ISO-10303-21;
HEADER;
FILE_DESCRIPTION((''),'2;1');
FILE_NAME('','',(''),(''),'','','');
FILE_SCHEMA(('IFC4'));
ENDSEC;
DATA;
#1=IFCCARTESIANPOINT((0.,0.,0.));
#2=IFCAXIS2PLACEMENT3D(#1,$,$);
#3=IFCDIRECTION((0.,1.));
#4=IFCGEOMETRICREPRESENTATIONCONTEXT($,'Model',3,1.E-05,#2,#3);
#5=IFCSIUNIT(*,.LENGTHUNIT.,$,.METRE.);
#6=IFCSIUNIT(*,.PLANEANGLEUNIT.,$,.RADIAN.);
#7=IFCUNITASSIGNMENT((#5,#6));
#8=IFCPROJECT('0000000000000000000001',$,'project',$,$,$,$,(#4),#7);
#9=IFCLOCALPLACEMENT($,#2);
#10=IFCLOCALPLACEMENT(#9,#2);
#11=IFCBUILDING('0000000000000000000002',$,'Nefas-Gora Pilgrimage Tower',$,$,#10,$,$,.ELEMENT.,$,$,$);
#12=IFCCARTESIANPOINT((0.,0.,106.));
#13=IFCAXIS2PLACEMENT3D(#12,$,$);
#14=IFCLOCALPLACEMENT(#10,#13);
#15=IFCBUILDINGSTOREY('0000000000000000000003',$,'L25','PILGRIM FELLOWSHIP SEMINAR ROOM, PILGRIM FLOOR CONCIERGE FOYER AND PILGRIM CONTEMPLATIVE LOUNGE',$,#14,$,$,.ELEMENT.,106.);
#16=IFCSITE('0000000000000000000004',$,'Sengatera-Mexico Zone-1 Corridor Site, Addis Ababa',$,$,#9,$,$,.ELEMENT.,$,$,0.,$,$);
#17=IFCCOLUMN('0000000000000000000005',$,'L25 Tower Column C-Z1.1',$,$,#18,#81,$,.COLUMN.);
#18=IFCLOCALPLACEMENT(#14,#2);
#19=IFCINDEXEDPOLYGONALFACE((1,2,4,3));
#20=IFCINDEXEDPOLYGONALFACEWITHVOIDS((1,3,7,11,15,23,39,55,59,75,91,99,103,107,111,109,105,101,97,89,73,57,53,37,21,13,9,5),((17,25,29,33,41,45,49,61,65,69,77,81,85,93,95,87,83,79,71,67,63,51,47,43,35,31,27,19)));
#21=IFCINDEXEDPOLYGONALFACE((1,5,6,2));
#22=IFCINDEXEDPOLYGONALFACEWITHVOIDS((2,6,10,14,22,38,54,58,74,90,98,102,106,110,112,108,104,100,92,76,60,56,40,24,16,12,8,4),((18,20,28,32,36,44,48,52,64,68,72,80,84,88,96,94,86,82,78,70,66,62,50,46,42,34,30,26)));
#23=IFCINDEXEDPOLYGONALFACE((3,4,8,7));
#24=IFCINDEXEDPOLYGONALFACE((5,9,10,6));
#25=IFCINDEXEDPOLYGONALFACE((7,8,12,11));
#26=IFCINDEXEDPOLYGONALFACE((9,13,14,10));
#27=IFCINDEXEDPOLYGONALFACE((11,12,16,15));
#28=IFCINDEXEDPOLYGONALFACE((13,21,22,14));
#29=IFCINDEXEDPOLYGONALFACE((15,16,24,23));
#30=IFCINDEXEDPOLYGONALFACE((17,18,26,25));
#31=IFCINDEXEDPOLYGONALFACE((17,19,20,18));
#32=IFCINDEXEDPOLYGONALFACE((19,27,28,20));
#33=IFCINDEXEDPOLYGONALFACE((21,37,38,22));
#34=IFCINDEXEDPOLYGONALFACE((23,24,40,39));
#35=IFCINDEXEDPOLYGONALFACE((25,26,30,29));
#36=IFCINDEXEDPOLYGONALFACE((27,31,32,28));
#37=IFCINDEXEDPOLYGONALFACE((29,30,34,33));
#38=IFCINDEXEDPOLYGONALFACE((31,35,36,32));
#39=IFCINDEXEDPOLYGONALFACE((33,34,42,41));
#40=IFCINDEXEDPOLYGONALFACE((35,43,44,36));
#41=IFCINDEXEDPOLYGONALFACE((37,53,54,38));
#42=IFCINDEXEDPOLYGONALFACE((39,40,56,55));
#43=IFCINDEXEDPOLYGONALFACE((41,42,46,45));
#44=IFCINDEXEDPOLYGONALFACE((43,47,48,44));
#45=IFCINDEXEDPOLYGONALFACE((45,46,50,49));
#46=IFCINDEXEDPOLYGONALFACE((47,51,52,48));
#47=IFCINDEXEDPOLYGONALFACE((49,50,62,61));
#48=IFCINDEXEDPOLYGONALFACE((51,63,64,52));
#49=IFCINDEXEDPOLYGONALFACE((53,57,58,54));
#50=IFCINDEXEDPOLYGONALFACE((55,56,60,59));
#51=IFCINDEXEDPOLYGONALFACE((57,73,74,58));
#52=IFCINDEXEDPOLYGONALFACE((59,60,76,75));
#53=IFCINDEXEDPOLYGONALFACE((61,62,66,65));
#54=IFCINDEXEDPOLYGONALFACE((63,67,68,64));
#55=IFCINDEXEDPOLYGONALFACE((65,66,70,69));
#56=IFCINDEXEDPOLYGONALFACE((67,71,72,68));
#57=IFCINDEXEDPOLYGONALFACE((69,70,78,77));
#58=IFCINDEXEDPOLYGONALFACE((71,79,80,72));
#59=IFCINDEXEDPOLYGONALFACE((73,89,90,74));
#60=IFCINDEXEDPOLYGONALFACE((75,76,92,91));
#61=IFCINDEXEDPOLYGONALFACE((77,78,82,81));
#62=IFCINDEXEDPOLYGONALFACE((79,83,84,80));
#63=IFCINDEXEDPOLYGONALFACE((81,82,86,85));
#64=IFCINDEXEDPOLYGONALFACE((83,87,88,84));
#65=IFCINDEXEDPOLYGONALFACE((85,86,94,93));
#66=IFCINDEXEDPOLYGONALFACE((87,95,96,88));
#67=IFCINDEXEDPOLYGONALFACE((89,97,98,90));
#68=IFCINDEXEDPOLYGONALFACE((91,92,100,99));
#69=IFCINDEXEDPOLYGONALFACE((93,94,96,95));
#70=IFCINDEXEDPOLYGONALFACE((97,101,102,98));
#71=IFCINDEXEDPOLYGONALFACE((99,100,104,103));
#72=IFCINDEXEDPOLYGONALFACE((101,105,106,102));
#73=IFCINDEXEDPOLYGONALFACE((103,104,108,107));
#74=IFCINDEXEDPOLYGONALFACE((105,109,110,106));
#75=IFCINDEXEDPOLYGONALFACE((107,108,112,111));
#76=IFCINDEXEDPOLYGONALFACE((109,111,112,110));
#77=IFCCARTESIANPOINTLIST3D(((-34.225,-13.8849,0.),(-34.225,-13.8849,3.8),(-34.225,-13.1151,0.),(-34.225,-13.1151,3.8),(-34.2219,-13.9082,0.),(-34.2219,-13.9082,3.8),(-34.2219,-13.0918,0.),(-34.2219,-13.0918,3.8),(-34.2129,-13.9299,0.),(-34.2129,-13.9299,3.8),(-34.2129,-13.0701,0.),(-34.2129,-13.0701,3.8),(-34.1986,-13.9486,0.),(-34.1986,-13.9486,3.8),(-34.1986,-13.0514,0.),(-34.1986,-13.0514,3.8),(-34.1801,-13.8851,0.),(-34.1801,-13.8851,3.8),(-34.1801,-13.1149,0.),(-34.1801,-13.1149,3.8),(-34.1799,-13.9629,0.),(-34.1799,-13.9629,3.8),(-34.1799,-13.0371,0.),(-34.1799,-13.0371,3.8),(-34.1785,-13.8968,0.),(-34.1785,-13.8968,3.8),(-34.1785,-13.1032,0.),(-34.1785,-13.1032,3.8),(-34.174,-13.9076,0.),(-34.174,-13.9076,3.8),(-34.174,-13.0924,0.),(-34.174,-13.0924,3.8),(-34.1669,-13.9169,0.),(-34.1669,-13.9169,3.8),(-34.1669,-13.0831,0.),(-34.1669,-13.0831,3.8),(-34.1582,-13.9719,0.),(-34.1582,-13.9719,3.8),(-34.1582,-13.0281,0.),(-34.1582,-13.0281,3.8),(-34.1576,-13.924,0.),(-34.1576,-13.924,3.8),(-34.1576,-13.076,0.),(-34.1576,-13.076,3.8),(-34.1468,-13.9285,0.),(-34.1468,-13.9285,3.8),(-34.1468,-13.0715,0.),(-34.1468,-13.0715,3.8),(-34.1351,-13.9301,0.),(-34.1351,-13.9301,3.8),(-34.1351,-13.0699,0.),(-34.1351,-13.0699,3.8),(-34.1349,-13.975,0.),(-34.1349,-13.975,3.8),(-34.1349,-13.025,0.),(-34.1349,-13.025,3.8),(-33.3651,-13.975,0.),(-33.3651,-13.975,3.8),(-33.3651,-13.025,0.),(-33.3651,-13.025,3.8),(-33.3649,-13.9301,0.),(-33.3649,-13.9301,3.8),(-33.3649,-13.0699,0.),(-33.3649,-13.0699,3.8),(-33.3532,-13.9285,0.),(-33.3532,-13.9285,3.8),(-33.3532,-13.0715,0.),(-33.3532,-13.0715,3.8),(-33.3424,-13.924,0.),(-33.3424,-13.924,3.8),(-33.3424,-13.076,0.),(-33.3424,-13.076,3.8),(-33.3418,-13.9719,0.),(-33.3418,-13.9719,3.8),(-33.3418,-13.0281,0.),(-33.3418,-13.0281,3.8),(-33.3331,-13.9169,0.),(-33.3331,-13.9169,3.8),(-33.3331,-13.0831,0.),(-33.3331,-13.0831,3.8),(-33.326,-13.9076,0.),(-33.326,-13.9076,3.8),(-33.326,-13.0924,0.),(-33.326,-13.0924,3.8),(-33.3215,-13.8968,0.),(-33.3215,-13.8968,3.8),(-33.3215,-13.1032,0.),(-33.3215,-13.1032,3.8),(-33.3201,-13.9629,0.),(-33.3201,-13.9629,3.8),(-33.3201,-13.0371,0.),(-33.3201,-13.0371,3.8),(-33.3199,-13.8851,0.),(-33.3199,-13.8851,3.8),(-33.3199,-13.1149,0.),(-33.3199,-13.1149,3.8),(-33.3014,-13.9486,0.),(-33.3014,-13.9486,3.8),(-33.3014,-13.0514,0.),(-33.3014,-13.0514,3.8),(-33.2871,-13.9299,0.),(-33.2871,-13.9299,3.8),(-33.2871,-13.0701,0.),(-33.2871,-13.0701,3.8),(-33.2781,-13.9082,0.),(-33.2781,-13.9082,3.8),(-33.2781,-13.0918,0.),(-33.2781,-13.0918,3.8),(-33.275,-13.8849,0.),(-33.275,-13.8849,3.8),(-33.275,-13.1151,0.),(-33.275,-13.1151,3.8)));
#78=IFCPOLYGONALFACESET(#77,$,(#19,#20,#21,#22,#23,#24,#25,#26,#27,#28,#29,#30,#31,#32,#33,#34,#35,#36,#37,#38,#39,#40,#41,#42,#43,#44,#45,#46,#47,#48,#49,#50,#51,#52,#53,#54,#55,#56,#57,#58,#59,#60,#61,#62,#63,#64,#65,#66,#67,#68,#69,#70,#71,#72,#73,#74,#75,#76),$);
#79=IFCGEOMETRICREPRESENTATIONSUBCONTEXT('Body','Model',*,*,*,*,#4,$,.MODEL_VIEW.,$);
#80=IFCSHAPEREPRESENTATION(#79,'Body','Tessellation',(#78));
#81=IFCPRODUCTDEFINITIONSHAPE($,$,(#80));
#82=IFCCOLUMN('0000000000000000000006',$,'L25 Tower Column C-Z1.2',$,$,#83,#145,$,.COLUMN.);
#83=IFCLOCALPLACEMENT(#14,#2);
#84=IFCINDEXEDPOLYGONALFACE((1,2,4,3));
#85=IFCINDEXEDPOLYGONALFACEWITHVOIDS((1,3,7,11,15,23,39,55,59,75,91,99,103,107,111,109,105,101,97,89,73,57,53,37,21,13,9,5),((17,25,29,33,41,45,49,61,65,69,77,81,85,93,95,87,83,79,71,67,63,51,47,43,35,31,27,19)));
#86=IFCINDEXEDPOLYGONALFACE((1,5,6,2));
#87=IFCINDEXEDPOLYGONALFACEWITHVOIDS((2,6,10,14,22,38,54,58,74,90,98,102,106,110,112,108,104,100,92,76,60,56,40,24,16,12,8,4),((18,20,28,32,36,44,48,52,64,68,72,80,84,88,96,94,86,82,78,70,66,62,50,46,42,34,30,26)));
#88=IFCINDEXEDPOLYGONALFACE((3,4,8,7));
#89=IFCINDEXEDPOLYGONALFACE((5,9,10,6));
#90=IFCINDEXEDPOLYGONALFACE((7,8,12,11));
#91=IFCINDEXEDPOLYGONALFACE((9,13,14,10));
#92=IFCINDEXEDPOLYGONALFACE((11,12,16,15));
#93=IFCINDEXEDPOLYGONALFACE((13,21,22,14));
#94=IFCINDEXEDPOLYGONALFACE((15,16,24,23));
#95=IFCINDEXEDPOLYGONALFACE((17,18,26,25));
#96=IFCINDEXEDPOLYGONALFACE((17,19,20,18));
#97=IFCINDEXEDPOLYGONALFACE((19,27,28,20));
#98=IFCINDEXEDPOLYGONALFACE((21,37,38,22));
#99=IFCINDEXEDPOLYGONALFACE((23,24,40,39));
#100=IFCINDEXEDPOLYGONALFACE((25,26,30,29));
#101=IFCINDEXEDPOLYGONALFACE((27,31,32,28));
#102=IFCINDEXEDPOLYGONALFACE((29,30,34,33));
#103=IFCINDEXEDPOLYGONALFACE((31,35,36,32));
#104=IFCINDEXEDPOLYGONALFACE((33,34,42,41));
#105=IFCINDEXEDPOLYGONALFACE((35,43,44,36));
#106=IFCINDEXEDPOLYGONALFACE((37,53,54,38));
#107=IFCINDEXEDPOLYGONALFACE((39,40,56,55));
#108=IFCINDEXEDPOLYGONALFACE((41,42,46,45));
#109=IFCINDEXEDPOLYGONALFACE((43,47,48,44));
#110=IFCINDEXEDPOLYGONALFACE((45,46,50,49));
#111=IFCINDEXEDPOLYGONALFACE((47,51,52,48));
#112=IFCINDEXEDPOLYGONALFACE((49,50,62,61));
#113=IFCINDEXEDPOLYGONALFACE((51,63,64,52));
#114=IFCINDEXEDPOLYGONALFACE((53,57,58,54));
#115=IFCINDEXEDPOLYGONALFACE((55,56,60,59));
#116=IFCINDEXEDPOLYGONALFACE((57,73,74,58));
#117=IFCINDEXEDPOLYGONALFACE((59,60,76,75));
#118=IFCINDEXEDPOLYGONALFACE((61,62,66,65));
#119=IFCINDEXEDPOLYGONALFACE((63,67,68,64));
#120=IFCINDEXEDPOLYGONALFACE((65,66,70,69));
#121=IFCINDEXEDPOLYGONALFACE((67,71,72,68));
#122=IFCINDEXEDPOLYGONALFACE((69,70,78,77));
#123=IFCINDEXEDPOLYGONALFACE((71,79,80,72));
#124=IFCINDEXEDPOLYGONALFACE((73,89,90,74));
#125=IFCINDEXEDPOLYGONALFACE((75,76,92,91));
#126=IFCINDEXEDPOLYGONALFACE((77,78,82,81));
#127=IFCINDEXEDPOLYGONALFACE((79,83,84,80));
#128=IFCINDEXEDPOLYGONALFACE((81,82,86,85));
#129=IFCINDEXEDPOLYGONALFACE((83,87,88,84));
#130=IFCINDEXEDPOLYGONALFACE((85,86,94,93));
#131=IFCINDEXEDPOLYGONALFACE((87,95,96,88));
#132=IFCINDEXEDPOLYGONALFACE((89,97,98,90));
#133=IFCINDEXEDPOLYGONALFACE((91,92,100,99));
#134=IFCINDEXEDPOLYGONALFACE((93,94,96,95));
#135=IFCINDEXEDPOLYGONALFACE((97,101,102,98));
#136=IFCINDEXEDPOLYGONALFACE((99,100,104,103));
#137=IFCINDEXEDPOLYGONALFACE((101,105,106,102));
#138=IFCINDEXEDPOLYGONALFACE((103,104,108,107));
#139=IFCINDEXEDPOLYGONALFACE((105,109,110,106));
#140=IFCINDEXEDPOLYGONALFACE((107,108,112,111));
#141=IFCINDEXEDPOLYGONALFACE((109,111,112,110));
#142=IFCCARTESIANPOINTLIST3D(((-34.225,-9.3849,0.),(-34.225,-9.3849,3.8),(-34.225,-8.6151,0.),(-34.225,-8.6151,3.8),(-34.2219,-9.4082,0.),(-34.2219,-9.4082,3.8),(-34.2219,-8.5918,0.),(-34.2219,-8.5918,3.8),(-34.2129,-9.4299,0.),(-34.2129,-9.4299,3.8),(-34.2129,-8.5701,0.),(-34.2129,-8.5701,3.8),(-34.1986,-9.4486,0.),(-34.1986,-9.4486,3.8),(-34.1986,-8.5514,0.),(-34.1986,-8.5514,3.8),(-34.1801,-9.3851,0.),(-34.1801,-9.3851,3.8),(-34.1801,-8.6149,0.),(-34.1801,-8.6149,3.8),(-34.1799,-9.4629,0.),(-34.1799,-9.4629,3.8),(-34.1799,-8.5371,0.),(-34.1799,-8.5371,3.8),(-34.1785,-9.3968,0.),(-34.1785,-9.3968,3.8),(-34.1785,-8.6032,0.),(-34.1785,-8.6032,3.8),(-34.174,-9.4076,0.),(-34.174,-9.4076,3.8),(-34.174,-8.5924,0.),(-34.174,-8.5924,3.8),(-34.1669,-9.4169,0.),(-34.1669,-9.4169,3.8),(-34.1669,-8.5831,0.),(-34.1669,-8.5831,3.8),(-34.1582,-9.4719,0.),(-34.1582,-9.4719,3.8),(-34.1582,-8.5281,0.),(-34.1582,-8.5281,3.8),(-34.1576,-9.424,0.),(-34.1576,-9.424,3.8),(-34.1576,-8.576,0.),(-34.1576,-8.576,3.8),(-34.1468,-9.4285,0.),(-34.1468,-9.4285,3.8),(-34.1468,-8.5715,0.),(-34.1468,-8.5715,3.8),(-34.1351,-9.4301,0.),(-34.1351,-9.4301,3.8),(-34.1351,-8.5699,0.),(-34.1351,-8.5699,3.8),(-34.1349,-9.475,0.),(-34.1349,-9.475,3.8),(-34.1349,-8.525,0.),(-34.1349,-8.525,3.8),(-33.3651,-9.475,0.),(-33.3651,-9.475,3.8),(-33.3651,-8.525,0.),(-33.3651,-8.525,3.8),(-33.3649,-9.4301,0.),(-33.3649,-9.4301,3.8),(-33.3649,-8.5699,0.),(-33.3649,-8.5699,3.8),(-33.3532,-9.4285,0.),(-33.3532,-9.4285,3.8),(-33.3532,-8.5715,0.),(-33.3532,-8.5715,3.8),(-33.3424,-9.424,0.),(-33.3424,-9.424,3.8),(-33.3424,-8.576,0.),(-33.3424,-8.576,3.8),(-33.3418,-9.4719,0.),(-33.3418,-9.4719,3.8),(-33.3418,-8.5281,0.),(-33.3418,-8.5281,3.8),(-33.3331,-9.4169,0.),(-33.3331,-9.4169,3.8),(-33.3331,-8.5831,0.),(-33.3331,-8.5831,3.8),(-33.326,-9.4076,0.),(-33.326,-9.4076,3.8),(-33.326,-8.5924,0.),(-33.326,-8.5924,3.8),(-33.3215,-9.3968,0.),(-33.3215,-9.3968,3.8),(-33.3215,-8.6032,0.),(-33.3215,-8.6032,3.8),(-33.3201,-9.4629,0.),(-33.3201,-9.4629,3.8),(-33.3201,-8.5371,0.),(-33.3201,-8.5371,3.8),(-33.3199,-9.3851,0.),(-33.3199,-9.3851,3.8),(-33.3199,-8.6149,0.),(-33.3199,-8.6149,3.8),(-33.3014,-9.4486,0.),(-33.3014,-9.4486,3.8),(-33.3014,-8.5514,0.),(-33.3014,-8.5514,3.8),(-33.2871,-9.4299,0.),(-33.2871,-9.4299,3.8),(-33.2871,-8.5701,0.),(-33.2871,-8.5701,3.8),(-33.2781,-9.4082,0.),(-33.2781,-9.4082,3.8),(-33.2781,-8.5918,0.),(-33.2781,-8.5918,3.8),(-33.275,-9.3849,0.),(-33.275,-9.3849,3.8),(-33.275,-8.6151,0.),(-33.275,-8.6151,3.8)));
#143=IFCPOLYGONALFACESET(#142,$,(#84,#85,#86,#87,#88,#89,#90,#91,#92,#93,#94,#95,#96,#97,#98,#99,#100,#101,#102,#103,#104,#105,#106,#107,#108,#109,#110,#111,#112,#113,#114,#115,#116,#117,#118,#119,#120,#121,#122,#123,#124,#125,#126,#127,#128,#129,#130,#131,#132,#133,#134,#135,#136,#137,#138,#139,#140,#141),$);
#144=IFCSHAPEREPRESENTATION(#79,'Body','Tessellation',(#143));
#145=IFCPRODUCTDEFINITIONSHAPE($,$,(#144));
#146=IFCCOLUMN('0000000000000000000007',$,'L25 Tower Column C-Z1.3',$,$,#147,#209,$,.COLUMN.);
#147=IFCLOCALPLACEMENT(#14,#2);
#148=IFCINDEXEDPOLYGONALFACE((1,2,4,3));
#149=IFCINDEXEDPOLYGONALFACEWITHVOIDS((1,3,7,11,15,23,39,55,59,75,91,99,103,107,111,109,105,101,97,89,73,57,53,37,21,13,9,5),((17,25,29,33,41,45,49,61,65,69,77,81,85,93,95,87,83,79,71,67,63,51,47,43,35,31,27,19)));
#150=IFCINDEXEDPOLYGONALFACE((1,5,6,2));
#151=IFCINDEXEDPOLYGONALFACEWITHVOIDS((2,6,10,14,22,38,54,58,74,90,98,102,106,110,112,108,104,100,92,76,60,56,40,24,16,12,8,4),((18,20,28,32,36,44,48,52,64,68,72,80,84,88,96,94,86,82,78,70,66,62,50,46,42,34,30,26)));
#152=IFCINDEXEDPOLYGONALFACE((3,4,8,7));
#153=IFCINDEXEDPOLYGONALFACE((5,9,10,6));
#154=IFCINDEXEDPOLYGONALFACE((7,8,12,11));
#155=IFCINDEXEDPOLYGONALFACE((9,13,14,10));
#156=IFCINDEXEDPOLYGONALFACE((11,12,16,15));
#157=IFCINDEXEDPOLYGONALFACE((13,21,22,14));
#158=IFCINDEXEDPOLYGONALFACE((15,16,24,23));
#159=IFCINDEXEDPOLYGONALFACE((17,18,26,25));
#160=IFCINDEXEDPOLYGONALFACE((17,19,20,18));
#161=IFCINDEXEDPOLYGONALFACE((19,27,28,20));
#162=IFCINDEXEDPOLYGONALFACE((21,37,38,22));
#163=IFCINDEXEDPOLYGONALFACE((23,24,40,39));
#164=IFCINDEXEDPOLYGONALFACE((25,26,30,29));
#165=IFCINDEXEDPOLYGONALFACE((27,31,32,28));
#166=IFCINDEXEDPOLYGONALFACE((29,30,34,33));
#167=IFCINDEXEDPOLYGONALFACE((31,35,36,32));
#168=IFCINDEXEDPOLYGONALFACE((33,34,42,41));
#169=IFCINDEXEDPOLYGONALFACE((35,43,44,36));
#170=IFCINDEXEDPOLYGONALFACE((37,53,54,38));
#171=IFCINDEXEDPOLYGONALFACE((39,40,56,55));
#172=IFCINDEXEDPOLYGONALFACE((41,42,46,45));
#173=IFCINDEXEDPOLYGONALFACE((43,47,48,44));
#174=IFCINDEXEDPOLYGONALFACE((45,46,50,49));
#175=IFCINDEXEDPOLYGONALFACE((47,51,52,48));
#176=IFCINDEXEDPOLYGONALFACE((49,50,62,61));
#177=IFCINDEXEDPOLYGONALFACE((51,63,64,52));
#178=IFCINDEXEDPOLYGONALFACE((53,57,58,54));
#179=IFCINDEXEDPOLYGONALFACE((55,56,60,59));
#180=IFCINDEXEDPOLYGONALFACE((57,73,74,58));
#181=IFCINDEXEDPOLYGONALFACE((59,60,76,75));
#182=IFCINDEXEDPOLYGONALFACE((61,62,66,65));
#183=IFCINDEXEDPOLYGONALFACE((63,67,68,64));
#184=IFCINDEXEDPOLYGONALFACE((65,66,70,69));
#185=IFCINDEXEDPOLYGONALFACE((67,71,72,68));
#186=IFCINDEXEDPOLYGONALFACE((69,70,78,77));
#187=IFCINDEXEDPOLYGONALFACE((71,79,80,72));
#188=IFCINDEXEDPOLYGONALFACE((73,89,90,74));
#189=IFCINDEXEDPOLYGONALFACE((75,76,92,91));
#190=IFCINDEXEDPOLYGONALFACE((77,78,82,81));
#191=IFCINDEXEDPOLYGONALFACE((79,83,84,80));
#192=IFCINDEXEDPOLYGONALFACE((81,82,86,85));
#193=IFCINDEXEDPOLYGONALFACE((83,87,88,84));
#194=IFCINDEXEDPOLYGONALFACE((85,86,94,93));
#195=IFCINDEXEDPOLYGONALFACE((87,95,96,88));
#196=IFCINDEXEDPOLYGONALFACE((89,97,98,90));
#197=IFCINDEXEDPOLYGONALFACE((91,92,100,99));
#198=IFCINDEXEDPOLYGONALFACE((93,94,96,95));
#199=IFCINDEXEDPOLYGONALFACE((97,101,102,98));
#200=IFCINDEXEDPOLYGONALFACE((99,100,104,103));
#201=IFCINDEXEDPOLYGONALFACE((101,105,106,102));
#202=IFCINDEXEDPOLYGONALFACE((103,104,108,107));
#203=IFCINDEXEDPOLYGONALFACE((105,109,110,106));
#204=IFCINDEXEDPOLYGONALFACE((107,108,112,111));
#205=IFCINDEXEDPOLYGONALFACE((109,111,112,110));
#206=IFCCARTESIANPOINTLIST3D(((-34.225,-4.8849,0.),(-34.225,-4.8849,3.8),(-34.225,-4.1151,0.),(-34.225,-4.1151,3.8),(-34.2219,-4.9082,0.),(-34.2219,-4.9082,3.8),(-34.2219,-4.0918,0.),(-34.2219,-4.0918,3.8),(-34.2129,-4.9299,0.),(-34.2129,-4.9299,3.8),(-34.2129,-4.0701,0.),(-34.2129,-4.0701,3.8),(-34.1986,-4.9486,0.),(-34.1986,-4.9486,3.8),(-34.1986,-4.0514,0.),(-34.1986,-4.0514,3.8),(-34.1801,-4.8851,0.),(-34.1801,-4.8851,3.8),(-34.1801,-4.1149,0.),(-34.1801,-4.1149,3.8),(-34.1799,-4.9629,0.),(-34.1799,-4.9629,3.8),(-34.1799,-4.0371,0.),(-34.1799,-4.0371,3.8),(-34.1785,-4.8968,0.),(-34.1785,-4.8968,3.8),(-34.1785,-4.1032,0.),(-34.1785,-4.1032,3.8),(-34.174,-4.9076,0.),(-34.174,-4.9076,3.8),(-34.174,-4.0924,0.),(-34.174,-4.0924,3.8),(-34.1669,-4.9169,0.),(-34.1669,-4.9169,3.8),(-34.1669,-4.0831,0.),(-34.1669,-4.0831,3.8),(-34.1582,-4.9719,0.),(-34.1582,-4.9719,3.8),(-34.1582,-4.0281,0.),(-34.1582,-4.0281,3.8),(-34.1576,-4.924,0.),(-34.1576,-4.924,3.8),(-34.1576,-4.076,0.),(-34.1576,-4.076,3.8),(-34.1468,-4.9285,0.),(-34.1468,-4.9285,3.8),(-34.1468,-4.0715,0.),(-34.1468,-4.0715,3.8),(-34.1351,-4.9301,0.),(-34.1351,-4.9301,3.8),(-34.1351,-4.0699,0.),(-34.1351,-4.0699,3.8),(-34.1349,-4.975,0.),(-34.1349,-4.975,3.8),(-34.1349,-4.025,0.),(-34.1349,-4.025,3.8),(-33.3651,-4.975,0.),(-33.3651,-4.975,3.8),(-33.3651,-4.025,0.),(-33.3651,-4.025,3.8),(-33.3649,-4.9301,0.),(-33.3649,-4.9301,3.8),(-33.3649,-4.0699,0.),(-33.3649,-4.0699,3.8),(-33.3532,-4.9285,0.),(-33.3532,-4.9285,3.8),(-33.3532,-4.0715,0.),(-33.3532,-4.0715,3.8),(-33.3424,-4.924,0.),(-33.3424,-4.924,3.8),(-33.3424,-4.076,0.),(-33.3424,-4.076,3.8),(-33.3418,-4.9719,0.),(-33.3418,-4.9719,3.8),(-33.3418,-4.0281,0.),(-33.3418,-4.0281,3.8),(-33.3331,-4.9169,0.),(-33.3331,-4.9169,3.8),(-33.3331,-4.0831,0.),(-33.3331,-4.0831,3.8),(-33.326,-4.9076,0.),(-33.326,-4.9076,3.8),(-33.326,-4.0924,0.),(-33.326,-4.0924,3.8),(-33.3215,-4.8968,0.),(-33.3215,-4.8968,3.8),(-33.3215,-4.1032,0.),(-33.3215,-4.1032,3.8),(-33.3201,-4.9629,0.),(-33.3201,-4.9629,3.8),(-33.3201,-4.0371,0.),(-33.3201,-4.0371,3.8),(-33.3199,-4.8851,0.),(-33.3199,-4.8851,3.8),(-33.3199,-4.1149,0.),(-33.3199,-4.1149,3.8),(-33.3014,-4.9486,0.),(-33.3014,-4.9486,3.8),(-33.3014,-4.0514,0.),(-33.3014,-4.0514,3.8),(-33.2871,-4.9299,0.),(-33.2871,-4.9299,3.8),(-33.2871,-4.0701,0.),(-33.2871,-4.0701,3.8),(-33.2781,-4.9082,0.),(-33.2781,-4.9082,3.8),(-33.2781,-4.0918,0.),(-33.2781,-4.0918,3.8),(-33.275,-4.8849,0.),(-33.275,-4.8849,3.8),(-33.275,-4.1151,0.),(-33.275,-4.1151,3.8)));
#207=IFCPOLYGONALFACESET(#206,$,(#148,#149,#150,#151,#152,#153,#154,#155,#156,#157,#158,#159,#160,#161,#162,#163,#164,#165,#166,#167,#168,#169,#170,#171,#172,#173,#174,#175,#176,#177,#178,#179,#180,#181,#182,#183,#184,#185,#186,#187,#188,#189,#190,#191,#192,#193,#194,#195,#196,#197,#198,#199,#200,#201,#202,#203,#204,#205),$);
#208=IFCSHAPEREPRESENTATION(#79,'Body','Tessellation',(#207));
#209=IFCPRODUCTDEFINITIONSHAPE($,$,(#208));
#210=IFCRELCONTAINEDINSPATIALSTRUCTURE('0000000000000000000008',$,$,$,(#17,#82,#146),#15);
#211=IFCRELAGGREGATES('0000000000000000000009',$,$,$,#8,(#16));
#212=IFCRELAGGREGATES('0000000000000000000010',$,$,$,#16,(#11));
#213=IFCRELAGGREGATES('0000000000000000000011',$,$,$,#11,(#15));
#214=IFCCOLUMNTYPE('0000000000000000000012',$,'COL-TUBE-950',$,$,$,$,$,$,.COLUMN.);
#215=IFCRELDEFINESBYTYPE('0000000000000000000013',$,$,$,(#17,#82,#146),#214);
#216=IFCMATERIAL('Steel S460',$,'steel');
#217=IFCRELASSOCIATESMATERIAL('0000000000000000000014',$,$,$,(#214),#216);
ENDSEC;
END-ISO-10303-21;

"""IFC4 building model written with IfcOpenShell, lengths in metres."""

from ifc_helpers import new_model, si_unit, direction, frame, origin, origin_2d, place, context, subcontext, project, spatial, hollow_rectangle, extrude, source, transform, mapped, material, material_profile, profile_set, type_object, element, save


model = new_model("IFC4")

# Units and contexts
model_context = context("Model", 3, precision=1e-05, world=origin(), true_north=direction((0.0, 1.0)))
body_context = subcontext(model_context, "Body", "Model", "MODEL_VIEW")
ifc_project = project(units=[si_unit("LENGTHUNIT", "METRE"), si_unit("PLANEANGLEUNIT", "RADIAN")], contexts=[model_context])

# Site, building, storey
site_placement = place(None, origin())
site = spatial("IfcSite", under=ifc_project, at=site_placement, Name="Sengatera-Mexico Zone-1 Corridor Site, Addis Ababa", CompositionType="ELEMENT", RefElevation=0.0)
building_placement = place(site_placement, origin())
building = spatial("IfcBuilding", under=site, at=building_placement, Name="Nefas-Gora Pilgrimage Tower", CompositionType="ELEMENT")
storey_placement = place(building_placement, frame((0.0, 0.0, 106.0)))
storey = spatial("IfcBuildingStorey", under=building, at=storey_placement, Name="L25", Description="PILGRIM FELLOWSHIP SEMINAR ROOM, PILGRIM FLOOR CONCIERGE FOYER AND PILGRIM CONTEMPLATIVE LOUNGE", CompositionType="ELEMENT", Elevation=106.0)

# Columns
ifc_material_1 = material(Name="Steel S460", Category="steel")
ifc_material_profile_1 = material_profile(ifc_material_1, hollow_rectangle(XDim=0.95, YDim=0.95, WallThickness=0.0449, InnerFilletRadius=0.0449, OuterFilletRadius=0.0901, at=origin_2d()), Name="BOX 950x950x45")
ifc_profile_set_1 = profile_set([ifc_material_profile_1], Name="Steel S460")
column_type_1 = type_object("IfcColumnType", Name="COL-TUBE-950", PredefinedType="COLUMN", material=ifc_profile_set_1)
shared_shape_1 = source(origin(), body_context, "Body", "SweptSolid", [
    extrude(hollow_rectangle(XDim=0.95, YDim=0.95, WallThickness=0.0449, InnerFilletRadius=0.0449, OuterFilletRadius=0.0901, at=origin_2d()), origin(), (0.0, 0.0, 1.0), 3.8),
])
for number, where, z_axis, x_axis, name in (
    (1, (-33.75, -13.5, 0.0), (0.0, 0.0, 1.0), (1.0, 0.0, 0.0), "L25 Tower Column C-Z1.1"),
    (2, (-33.75, -9.0, 0.0), (0.0, 0.0, 1.0), (1.0, 0.0, 0.0), "L25 Tower Column C-Z1.2"),
    (3, (-33.75, -4.5, 0.0), (0.0, 0.0, 1.0), (1.0, 0.0, 0.0), "L25 Tower Column C-Z1.3"),
):
    element("IfcColumn", number, at=place(storey_placement, frame(where, z_axis=z_axis, x_axis=x_axis)), inside=storey, type_object=column_type_1, Name=name, PredefinedType="COLUMN", context=body_context, shape_type="MappedRepresentation", body=[
        mapped(shared_shape_1, transform((0.0, 0.0, 0.0), x_axis=(1.0, 0.0, 0.0), y_axis=(0.0, 1.0, 0.0), z_axis=(0.0, 0.0, 1.0), scale=1.0)),
    ])

save(model, "model.ifc")
